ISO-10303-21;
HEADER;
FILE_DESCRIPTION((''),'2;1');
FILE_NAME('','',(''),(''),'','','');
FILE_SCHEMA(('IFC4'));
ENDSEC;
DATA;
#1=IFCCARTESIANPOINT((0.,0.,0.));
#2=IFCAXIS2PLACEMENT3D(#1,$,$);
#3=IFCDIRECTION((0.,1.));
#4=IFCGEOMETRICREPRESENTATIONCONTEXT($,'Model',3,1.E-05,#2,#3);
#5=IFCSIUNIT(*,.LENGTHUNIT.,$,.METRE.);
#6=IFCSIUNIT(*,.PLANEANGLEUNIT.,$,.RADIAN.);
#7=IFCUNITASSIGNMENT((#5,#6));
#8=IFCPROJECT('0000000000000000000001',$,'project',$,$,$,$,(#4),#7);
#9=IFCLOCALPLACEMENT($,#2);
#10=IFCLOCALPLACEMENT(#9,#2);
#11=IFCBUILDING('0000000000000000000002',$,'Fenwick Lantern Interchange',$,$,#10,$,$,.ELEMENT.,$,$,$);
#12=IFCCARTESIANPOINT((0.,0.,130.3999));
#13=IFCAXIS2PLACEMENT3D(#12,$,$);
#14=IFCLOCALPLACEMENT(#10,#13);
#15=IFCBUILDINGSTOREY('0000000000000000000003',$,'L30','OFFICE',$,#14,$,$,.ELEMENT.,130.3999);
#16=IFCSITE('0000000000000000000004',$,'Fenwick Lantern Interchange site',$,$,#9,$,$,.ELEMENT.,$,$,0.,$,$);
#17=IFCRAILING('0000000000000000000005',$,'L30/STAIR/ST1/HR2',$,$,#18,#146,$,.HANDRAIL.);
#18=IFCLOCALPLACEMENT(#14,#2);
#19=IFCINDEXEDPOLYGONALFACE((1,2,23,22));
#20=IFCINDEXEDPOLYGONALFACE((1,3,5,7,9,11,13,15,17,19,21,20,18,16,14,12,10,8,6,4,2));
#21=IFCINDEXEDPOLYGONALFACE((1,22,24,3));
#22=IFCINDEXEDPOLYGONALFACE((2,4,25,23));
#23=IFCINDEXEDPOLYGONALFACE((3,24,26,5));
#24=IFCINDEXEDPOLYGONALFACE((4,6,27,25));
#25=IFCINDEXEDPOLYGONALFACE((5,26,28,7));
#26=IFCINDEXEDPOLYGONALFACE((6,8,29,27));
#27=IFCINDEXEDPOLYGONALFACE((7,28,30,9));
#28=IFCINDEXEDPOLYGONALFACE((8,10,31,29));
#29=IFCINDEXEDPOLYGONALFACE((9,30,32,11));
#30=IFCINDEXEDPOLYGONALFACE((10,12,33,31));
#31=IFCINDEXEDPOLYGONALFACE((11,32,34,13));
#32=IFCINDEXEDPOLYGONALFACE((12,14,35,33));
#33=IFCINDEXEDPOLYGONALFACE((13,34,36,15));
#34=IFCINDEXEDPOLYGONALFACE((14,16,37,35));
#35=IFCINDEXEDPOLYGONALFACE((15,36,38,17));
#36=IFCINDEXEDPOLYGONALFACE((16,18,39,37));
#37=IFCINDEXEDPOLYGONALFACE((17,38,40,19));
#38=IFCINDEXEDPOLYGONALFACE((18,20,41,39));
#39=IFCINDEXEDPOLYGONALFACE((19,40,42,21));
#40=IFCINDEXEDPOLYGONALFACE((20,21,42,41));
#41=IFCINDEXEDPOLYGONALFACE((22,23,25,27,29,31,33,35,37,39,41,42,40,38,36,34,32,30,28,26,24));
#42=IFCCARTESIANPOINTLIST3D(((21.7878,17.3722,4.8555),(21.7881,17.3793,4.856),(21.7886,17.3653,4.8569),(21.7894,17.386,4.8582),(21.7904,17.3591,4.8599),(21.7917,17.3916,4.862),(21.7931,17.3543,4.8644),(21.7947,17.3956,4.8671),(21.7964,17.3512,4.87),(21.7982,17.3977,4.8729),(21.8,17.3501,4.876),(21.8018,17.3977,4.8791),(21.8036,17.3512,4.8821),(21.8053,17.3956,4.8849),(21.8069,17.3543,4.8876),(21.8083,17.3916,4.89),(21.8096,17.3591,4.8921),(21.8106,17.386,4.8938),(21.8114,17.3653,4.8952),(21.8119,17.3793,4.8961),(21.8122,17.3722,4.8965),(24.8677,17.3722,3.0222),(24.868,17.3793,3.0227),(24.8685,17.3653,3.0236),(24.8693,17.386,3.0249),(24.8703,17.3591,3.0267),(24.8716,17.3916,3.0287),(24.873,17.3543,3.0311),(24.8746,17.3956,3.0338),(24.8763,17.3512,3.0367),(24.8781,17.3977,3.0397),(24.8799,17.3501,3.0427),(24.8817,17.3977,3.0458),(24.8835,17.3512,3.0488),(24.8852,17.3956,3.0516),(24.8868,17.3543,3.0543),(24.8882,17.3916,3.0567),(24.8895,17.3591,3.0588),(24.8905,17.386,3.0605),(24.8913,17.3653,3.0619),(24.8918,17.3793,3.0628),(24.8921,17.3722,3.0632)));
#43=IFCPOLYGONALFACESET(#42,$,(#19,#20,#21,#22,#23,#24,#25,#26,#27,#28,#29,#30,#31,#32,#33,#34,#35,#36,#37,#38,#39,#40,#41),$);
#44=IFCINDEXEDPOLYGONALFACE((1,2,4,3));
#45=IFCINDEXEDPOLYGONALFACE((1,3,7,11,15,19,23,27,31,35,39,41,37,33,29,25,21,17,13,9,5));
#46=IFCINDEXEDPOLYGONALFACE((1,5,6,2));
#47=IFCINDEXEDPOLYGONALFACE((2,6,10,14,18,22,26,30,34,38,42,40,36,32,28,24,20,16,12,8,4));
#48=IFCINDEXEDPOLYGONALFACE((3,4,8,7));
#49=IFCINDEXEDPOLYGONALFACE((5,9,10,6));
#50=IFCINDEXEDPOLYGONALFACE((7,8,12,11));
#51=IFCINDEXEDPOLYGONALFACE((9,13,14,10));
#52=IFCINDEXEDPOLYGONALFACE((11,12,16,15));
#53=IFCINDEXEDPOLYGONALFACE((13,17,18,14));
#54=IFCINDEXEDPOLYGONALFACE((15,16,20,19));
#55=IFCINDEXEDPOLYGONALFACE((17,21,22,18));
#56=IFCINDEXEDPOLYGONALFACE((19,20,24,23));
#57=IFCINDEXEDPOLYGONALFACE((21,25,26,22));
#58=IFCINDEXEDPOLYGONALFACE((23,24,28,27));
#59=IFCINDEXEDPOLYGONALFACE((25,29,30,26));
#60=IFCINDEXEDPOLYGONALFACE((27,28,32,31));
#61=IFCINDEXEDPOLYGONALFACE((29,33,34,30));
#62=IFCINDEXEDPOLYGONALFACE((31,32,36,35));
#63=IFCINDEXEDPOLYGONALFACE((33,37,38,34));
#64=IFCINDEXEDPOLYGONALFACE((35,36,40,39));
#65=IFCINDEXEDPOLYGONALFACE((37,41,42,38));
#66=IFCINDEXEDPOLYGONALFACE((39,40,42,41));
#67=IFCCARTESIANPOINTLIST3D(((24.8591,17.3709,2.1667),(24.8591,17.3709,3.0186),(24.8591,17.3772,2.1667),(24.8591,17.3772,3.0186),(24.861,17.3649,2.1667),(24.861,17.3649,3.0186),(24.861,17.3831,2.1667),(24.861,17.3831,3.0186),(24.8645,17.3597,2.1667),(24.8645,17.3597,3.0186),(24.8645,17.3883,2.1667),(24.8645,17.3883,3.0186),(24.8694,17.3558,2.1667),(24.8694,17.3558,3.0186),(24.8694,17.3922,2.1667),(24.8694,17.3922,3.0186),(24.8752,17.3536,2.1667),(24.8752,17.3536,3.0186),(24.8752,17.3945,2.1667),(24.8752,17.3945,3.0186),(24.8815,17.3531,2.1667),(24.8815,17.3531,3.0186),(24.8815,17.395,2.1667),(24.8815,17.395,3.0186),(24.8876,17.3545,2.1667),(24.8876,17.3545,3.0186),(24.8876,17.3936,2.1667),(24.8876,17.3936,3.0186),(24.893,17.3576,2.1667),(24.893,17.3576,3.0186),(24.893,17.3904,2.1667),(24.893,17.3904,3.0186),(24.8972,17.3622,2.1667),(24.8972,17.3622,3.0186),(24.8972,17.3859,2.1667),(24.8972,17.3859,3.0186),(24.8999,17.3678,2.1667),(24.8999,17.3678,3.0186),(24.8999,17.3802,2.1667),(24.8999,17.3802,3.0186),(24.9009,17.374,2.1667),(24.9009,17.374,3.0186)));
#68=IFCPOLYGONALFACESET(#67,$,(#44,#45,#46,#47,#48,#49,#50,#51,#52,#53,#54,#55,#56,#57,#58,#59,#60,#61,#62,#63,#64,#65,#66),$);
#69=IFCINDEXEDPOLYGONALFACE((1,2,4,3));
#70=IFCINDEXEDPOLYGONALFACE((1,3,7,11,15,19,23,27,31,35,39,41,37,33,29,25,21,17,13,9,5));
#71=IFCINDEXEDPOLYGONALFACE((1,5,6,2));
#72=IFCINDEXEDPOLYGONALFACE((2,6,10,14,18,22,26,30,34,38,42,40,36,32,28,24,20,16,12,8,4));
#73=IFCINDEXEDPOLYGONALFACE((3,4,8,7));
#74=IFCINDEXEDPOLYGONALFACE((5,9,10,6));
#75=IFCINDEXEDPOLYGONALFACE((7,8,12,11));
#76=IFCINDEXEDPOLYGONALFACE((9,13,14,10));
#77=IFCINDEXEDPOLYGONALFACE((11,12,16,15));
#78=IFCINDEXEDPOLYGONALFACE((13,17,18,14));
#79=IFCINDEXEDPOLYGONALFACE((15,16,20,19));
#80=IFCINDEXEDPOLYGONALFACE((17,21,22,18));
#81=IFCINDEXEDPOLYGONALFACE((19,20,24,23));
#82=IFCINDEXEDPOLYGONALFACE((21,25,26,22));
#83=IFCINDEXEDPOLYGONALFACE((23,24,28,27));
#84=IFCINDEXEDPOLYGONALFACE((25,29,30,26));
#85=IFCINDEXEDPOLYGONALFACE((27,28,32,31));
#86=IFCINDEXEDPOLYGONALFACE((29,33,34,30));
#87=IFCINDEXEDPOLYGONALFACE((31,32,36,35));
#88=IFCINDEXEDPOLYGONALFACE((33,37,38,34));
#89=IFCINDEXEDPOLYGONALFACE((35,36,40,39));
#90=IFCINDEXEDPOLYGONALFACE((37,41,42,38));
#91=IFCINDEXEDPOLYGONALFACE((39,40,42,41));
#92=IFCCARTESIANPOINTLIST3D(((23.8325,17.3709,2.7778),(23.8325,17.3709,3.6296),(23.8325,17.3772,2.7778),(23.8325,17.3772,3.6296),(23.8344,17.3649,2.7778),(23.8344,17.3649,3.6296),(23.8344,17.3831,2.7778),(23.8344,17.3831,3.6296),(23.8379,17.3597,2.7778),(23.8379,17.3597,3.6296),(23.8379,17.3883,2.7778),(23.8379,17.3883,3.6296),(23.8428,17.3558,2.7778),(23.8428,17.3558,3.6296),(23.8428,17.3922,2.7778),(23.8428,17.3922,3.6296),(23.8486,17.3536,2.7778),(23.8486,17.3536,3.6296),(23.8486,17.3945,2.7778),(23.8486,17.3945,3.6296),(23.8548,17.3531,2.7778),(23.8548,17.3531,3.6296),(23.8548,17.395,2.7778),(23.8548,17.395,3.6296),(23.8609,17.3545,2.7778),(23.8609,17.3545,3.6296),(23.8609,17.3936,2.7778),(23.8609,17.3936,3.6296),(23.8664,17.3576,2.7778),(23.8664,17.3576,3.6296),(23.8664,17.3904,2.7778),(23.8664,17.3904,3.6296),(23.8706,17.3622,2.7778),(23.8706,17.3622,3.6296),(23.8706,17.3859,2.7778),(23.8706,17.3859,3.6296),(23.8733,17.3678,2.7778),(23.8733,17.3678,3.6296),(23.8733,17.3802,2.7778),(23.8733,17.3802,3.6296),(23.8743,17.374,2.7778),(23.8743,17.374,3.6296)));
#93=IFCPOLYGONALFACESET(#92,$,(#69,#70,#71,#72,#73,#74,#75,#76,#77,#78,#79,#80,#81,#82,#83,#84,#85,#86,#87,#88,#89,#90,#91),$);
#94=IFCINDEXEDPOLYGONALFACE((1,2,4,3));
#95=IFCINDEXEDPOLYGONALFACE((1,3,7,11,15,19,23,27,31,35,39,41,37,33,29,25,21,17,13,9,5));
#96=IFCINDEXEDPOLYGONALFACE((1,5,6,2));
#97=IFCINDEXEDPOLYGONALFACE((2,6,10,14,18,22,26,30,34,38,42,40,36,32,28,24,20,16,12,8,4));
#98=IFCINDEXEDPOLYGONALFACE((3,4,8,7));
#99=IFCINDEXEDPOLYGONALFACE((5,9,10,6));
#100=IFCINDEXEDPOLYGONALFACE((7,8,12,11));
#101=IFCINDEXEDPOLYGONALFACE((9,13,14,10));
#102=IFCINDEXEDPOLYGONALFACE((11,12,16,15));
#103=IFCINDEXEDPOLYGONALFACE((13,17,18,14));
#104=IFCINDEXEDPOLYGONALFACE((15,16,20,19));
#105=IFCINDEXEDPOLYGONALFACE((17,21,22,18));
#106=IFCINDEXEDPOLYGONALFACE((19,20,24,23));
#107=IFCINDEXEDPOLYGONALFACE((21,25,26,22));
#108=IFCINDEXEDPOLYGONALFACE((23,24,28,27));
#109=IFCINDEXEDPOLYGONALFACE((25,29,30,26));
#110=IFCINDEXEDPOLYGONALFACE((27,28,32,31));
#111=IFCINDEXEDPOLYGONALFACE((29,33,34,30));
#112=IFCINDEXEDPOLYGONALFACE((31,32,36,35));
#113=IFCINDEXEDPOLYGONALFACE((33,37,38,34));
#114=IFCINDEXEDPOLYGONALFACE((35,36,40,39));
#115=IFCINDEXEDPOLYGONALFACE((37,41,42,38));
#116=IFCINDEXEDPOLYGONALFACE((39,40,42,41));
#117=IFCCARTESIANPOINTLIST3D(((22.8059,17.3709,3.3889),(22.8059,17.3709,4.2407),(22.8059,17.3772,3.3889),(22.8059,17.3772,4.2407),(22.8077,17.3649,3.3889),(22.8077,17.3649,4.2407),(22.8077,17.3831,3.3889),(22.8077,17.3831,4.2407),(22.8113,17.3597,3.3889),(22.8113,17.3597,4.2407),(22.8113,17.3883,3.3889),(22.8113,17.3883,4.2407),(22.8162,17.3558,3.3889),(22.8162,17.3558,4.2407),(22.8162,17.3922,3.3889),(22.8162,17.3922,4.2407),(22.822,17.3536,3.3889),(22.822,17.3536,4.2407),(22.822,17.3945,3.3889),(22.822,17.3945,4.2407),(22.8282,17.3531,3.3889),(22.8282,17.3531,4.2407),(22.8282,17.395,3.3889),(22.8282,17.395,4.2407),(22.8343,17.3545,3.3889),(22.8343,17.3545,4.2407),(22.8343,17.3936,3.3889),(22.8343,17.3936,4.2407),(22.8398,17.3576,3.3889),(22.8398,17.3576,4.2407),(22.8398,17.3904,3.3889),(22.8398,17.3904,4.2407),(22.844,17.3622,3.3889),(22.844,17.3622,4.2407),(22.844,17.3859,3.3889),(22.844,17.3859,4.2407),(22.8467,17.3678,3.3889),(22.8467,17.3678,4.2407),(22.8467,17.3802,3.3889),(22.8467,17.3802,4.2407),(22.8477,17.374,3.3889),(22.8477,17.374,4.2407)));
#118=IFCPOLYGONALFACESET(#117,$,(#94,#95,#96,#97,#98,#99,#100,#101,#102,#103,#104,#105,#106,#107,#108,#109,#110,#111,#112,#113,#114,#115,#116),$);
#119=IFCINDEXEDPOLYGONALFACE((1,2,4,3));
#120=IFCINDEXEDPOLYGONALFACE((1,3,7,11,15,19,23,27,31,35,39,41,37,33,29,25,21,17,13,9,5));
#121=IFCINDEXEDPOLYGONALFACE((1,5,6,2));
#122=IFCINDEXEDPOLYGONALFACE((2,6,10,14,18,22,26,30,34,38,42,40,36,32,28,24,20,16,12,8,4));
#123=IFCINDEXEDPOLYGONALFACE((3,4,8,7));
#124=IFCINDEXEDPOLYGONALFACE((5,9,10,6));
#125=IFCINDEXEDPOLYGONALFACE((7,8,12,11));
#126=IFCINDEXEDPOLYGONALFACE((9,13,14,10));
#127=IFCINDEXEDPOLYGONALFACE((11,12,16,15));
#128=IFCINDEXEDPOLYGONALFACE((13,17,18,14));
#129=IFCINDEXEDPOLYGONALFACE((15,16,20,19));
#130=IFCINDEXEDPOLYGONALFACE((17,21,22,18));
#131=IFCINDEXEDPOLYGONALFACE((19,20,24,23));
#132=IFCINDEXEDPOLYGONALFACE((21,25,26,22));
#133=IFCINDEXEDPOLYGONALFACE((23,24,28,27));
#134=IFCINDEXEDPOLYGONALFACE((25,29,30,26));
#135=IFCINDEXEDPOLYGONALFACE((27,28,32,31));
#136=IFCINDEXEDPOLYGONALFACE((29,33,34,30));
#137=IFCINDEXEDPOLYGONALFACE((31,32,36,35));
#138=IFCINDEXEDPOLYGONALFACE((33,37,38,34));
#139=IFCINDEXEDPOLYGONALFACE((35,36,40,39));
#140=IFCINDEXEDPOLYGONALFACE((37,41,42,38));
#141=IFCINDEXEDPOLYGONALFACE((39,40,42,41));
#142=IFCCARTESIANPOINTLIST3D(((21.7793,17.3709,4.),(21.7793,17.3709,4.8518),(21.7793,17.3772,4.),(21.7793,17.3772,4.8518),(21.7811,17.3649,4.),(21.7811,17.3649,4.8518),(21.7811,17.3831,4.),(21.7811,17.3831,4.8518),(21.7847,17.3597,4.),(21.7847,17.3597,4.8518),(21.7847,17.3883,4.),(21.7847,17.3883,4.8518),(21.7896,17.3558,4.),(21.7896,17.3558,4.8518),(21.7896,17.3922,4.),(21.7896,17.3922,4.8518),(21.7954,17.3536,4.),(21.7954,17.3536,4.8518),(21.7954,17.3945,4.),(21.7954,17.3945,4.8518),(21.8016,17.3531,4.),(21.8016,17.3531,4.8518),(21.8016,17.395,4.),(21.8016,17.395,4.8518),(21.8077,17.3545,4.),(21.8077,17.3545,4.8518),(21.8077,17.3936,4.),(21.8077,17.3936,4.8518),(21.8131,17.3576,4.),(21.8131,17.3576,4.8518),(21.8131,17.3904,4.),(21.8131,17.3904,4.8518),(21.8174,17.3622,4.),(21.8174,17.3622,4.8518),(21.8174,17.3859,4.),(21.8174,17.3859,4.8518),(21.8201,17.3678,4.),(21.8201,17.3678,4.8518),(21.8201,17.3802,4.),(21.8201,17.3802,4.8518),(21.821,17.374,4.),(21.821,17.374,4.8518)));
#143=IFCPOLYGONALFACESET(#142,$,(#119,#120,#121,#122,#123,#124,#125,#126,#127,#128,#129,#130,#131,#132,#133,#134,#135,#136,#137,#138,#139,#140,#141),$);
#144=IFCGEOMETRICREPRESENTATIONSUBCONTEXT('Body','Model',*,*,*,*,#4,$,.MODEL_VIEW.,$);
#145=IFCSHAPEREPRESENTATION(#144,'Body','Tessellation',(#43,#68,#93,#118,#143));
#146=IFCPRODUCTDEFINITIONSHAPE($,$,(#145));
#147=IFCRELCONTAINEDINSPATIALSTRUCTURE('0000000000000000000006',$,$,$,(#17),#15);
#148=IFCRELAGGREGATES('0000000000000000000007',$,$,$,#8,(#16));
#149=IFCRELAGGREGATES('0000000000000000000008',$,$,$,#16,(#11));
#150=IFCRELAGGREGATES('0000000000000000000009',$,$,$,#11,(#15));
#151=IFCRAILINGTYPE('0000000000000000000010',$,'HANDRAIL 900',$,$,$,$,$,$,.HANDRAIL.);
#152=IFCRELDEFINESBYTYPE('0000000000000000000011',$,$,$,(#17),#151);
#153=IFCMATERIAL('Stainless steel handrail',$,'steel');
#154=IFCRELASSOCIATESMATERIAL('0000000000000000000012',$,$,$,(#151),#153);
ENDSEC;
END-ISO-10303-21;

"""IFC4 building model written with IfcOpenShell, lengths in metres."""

from ifc_helpers import new_model, si_unit, direction, frame, origin, origin_2d, place, context, subcontext, project, spatial, circle, extrude, material, type_object, element, save


model = new_model("IFC4")

# Units and contexts
model_context = context("Model", 3, precision=1e-05, world=origin(), true_north=direction((0.0, 1.0)))
body_context = subcontext(model_context, "Body", "Model", "MODEL_VIEW")
ifc_project = project(units=[si_unit("LENGTHUNIT", "METRE"), si_unit("PLANEANGLEUNIT", "RADIAN")], contexts=[model_context])

# Site, building, storey
site_placement = place(None, origin())
site = spatial("IfcSite", under=ifc_project, at=site_placement, Name="Fenwick Lantern Interchange site", CompositionType="ELEMENT", RefElevation=0.0)
building_placement = place(site_placement, origin())
building = spatial("IfcBuilding", under=site, at=building_placement, Name="Fenwick Lantern Interchange", CompositionType="ELEMENT")
storey_placement = place(building_placement, frame((0.0, 0.0, 130.3999)))
storey = spatial("IfcBuildingStorey", under=building, at=storey_placement, Name="L30", Description="OFFICE", CompositionType="ELEMENT", Elevation=130.3999)

# Railing
ifc_material_1 = material(Name="Stainless steel handrail", Category="steel")
railing_type = type_object("IfcRailingType", Name="HANDRAIL 900", PredefinedType="HANDRAIL", material=ifc_material_1)
railing_1_placement = place(storey_placement, frame((24.8799, 17.374, 2.1667)))
element("IfcRailing", 1, at=railing_1_placement, inside=storey, type_object=railing_type, Name="L30/STAIR/ST1/HR2", PredefinedType="HANDRAIL", context=body_context, shape_type="SweptSolid", body=[
    extrude(circle(Radius=0.0239, at=origin_2d()), frame((0.0, 0.0, 0.876), z_axis=(-0.859291, 0.0, 0.511487), x_axis=(0.0, -1.0, 0.0)), (0.0, 0.0, 1.0), 3.5842),
    extrude(circle(Radius=0.021, at=origin_2d()), origin(), (0.0, 0.0, 1.0), 0.8518),
    extrude(circle(Radius=0.021, at=origin_2d()), frame((-1.0266, 0.0, 0.6111)), (0.0, 0.0, 1.0), 0.8518),
    extrude(circle(Radius=0.021, at=origin_2d()), frame((-2.0532, 0.0, 1.2222)), (0.0, 0.0, 1.0), 0.8518),
    extrude(circle(Radius=0.021, at=origin_2d()), frame((-3.0798, 0.0, 1.8333)), (0.0, 0.0, 1.0), 0.8518),
])

save(model, "model.ifc")
